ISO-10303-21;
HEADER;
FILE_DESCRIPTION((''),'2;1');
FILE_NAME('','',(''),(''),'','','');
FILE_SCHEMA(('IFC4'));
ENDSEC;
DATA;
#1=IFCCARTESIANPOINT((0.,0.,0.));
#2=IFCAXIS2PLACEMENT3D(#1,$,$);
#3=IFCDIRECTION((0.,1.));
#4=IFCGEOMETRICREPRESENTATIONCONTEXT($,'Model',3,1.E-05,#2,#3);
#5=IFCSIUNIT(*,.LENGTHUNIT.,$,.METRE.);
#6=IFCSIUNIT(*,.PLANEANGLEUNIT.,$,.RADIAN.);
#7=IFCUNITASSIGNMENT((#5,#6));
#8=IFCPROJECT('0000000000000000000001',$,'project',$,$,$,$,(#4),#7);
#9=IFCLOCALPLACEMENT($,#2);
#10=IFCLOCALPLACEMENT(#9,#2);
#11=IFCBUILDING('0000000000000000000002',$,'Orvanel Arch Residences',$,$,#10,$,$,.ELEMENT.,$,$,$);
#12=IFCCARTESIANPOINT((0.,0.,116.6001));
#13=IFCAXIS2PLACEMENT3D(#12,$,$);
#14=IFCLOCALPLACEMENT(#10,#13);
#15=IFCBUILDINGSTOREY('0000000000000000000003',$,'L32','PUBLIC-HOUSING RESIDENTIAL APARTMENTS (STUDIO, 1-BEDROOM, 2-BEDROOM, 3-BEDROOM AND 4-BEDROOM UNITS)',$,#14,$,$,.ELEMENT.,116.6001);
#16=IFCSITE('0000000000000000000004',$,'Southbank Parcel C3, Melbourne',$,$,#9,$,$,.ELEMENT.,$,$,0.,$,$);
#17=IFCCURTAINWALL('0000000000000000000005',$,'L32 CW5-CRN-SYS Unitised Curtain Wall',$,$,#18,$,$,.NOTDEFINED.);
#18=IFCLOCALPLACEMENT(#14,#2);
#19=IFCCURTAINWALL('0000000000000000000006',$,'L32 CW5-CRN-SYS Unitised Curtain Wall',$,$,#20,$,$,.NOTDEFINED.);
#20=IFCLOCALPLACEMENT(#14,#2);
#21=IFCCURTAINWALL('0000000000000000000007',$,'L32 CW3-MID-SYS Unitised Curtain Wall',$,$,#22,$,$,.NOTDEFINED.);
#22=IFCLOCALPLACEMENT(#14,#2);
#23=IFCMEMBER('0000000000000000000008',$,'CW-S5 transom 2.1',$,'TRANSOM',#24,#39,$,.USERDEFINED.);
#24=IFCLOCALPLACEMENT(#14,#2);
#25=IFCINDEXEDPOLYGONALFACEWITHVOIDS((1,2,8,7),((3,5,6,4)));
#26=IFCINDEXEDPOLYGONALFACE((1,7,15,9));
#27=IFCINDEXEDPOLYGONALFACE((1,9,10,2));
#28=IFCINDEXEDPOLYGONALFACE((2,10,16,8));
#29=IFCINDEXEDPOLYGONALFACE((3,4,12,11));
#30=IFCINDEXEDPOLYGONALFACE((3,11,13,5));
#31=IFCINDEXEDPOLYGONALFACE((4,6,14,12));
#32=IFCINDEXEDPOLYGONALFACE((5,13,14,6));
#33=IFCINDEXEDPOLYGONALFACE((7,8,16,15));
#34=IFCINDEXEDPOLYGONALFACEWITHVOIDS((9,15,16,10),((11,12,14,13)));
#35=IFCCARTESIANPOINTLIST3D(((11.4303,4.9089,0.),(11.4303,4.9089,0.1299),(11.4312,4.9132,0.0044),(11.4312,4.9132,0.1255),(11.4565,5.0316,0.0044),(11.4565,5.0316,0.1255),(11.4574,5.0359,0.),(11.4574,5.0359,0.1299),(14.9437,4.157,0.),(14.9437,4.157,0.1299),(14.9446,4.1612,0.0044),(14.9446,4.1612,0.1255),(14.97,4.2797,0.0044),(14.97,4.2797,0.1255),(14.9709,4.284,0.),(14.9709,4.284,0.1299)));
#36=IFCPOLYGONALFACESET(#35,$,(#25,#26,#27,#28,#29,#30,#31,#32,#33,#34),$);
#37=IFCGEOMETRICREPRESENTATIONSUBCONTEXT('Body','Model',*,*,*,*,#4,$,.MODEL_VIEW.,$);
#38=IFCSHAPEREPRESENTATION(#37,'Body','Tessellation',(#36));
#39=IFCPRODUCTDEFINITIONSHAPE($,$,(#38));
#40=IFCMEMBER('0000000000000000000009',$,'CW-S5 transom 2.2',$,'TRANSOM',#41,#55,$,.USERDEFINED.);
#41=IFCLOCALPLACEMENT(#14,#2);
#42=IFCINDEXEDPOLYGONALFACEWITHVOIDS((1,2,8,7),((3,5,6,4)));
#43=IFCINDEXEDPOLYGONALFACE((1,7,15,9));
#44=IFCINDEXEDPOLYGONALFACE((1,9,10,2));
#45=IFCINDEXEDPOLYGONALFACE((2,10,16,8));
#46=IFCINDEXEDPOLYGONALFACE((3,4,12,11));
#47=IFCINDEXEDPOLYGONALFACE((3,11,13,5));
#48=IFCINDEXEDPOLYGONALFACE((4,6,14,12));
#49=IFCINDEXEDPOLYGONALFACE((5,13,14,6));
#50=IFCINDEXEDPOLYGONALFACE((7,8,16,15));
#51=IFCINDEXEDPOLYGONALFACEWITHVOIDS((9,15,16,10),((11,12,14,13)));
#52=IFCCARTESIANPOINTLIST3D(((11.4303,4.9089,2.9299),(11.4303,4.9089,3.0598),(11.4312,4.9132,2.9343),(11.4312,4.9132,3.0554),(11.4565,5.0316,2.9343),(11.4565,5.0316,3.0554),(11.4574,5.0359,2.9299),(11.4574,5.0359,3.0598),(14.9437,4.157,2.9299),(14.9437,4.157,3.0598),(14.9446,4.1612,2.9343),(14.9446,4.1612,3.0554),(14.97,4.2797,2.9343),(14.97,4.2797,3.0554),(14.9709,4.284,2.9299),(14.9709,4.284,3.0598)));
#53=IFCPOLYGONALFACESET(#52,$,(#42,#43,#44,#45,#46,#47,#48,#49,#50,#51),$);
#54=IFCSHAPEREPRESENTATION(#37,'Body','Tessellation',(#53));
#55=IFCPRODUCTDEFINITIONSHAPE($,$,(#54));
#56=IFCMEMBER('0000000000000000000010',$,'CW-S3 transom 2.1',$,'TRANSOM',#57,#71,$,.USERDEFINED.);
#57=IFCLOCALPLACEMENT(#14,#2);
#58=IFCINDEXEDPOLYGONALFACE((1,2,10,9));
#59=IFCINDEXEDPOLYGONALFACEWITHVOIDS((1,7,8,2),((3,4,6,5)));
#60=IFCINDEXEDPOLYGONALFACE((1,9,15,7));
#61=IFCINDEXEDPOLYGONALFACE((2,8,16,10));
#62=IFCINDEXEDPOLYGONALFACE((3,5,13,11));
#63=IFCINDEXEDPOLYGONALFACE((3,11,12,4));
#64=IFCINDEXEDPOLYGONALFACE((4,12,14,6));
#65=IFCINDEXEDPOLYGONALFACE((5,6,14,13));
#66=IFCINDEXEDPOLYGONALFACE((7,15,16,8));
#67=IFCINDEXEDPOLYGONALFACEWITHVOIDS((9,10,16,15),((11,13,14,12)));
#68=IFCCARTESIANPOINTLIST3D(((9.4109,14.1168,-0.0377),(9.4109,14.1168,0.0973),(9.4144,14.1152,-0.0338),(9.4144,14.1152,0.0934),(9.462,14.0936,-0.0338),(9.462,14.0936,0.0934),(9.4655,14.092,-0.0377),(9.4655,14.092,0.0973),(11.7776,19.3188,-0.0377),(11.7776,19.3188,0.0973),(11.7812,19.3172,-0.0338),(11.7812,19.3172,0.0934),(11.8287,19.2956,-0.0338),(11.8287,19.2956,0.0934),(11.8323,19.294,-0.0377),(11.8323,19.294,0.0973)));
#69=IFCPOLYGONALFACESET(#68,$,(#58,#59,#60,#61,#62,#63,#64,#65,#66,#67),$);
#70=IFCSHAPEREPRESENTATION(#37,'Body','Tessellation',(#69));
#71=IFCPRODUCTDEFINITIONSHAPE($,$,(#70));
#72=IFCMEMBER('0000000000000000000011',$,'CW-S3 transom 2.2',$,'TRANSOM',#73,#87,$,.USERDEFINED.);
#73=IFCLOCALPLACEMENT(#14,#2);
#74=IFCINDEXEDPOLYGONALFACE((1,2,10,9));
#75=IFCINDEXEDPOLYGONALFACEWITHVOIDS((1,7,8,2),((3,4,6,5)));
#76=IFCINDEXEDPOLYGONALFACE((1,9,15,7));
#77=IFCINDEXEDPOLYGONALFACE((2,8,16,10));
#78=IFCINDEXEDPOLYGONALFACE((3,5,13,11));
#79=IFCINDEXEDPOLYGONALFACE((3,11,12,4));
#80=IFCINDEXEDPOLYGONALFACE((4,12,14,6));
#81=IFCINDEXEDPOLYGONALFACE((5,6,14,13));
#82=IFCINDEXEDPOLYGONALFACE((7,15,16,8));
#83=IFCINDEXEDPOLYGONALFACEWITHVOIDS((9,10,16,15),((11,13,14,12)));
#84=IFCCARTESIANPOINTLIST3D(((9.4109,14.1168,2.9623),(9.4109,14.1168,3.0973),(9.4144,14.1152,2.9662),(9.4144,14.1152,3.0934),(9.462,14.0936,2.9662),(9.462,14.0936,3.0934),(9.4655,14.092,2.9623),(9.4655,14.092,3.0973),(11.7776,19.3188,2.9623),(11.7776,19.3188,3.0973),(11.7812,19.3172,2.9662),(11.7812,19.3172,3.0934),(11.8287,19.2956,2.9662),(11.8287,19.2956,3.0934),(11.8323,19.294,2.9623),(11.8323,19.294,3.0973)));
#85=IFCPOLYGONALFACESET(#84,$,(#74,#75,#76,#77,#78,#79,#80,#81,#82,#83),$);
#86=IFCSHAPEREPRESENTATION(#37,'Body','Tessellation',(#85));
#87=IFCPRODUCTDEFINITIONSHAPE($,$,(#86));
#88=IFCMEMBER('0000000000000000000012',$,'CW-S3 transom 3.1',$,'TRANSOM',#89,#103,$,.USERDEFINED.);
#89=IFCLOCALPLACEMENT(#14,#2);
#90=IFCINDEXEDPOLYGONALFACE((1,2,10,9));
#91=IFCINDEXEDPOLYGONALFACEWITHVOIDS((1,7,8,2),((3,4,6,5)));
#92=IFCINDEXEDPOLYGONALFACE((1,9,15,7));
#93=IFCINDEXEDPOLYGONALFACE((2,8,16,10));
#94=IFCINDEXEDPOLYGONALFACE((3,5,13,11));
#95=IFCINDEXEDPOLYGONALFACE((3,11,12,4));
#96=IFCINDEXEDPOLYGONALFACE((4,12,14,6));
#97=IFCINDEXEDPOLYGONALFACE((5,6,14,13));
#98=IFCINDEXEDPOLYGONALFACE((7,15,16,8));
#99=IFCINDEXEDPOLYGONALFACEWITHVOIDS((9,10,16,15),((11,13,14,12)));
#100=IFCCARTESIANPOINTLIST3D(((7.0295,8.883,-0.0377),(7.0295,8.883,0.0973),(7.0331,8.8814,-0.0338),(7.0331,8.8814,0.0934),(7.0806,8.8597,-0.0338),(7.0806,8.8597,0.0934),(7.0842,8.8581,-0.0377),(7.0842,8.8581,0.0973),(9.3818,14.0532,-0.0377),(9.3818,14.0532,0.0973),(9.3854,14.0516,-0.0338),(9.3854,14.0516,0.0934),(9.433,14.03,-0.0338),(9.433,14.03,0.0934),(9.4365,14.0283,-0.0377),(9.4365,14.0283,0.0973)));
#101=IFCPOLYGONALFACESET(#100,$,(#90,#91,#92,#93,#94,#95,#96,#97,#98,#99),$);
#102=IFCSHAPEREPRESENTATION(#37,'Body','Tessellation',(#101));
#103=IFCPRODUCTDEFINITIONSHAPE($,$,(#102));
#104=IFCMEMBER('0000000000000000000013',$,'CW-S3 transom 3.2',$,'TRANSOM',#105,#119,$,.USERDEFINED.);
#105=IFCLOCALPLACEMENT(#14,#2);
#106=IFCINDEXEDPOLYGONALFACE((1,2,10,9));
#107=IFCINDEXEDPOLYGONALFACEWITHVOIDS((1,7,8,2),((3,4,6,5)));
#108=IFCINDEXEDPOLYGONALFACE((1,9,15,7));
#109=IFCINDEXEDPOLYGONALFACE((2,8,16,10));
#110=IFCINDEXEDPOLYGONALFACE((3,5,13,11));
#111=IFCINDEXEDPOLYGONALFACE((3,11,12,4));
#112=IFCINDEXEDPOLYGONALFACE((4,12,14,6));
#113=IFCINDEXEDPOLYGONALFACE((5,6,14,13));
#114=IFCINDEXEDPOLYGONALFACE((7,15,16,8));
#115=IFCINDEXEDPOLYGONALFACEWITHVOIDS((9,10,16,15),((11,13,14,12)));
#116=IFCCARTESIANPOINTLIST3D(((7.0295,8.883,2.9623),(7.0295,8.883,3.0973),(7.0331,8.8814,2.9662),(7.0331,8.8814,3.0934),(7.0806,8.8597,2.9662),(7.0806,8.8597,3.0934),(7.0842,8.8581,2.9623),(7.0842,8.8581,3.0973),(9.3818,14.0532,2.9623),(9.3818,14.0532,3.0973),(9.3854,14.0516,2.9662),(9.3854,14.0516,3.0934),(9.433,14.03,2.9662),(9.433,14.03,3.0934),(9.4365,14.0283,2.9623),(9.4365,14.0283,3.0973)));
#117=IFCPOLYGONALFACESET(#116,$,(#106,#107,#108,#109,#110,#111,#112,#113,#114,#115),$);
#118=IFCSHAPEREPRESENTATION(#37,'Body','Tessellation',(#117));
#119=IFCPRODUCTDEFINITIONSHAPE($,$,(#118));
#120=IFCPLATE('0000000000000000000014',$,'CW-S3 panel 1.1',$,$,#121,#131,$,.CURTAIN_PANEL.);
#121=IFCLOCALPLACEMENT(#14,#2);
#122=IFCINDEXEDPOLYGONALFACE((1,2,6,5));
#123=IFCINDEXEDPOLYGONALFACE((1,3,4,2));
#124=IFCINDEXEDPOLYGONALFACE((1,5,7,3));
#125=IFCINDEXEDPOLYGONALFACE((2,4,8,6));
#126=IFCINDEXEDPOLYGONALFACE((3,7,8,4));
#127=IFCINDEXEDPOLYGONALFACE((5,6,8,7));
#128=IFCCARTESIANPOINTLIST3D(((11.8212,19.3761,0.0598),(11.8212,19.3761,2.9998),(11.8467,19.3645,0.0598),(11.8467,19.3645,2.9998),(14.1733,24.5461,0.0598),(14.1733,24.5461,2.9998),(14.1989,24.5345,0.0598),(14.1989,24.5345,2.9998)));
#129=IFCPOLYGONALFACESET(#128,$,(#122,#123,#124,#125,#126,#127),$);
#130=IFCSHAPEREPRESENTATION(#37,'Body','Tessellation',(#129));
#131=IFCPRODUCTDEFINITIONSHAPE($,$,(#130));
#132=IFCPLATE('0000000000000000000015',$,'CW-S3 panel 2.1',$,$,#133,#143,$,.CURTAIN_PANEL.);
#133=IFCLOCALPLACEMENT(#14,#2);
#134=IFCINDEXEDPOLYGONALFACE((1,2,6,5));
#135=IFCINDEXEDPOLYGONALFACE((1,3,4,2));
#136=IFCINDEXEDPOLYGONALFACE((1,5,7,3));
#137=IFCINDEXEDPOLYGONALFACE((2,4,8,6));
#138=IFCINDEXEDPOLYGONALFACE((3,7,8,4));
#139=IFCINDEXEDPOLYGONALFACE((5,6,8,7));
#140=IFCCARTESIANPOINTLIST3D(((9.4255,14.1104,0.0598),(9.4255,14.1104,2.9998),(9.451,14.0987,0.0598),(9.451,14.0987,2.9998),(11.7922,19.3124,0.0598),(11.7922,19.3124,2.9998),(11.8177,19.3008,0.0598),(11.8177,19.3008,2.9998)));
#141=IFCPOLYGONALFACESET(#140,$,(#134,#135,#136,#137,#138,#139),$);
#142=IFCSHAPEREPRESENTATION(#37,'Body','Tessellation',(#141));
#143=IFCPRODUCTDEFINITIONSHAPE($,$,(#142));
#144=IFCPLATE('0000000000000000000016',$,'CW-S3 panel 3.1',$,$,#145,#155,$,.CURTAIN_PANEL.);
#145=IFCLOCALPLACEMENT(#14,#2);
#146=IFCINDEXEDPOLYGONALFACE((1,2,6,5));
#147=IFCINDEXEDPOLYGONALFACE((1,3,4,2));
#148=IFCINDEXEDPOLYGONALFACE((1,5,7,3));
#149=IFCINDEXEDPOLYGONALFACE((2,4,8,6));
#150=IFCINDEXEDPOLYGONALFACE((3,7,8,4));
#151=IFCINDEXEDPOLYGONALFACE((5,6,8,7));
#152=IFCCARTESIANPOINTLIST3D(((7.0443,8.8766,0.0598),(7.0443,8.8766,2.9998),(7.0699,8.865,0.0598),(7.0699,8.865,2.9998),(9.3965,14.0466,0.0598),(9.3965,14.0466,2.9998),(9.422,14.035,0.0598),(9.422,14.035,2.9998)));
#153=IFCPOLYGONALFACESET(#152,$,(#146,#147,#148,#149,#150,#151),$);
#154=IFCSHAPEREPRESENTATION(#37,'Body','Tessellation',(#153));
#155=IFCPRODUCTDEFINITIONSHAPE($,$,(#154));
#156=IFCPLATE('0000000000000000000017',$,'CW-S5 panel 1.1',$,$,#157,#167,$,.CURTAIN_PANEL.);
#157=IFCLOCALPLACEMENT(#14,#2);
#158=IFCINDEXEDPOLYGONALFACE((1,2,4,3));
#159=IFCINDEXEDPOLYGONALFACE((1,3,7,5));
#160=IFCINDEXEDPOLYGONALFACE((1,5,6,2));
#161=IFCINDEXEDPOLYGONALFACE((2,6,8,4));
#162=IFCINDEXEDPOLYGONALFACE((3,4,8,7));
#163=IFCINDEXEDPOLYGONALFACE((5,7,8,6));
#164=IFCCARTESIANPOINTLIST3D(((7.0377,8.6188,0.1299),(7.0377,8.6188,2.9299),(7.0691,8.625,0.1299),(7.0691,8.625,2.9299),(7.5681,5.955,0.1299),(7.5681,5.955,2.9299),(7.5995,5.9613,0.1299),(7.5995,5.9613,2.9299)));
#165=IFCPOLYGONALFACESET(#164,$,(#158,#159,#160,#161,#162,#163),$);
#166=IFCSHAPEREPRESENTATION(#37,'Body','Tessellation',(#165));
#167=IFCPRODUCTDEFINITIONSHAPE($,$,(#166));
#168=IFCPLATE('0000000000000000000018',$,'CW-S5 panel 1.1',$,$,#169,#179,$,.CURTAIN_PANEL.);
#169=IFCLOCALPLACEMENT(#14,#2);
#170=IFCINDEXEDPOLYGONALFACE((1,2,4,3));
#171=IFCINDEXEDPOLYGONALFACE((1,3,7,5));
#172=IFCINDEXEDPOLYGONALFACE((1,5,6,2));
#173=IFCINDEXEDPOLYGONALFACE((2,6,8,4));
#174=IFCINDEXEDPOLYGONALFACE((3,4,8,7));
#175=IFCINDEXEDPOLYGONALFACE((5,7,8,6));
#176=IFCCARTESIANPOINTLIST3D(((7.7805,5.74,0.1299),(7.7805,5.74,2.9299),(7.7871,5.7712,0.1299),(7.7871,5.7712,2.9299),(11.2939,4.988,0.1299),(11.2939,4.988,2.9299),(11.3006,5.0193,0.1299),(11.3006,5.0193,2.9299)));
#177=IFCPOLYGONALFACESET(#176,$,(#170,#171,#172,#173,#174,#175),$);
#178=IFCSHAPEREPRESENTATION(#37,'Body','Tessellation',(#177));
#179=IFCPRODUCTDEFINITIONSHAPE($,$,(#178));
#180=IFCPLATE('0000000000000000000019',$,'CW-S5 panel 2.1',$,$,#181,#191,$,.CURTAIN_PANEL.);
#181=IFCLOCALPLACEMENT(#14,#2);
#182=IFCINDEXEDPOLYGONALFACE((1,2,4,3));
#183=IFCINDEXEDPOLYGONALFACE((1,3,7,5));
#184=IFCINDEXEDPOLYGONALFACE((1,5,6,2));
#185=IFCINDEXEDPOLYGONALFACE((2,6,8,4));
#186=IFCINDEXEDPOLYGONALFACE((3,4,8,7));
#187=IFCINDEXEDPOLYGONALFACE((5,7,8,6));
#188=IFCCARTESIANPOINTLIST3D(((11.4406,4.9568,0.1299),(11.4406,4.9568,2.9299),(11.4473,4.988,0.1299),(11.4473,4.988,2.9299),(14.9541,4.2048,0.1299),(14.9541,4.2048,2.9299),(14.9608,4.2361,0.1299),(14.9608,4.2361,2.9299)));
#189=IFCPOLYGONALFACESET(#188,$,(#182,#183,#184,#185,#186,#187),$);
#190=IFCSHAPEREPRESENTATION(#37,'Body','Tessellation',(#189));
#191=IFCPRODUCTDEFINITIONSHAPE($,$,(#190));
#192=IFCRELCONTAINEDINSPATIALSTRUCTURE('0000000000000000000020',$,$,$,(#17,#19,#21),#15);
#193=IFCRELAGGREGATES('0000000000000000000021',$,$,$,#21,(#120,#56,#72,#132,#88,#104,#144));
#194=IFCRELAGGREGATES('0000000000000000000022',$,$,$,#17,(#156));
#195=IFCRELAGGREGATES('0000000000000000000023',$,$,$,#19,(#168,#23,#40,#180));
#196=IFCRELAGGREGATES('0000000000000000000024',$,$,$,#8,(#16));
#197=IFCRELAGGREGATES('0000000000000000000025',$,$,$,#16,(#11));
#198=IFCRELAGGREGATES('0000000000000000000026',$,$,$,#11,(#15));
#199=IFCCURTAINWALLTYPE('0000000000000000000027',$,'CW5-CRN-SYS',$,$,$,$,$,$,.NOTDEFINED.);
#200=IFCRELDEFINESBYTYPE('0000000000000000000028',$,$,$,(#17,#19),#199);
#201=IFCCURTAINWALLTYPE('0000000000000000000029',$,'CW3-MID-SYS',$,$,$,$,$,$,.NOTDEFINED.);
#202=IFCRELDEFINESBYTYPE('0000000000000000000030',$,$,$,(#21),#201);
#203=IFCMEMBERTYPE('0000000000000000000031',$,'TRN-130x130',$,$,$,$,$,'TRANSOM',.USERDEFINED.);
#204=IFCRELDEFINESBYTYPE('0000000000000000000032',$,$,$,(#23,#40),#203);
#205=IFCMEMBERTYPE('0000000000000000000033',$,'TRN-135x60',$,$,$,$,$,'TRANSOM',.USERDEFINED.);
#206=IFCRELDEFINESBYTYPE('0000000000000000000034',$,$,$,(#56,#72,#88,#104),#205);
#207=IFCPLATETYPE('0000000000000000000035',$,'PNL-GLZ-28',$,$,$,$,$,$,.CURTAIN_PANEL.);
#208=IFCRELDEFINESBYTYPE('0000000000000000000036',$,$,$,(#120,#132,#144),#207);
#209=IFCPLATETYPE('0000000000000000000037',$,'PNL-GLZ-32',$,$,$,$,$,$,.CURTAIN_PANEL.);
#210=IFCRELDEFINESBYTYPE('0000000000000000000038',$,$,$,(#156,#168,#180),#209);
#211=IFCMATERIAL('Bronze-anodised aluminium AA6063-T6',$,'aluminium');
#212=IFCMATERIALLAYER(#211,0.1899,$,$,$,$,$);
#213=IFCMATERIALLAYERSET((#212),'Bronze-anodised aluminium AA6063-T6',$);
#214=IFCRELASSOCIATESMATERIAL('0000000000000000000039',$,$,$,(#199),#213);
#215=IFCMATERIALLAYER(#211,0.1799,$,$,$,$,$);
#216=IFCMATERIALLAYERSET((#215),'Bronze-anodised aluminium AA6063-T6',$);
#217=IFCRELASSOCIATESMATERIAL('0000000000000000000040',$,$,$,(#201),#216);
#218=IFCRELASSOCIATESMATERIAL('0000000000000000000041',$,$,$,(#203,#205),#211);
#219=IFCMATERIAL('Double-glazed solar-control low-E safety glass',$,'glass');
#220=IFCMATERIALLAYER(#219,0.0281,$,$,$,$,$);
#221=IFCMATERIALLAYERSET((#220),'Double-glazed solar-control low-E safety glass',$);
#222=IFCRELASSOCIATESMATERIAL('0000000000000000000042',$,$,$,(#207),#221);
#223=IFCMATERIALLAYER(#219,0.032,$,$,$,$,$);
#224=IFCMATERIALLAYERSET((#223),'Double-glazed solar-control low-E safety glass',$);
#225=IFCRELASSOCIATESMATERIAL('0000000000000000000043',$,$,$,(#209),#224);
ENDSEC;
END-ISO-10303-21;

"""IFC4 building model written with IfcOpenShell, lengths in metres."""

from ifc_helpers import new_model, si_unit, direction, frame, origin, origin_2d, place, context, subcontext, project, spatial, rectangle, hollow_rectangle, extrude, material, layer, layer_set, material_profile, profile_set, type_object, element, aggregate, save


model = new_model("IFC4")

# Units and contexts
model_context = context("Model", 3, precision=1e-05, world=origin(), true_north=direction((0.0, 1.0)))
body_context = subcontext(model_context, "Body", "Model", "MODEL_VIEW")
ifc_project = project(units=[si_unit("LENGTHUNIT", "METRE"), si_unit("PLANEANGLEUNIT", "RADIAN")], contexts=[model_context])

# Site, building, storey
site_placement = place(None, origin())
site = spatial("IfcSite", under=ifc_project, at=site_placement, Name="Southbank Parcel C3, Melbourne", CompositionType="ELEMENT", RefElevation=0.0)
building_placement = place(site_placement, origin())
building = spatial("IfcBuilding", under=site, at=building_placement, Name="Orvanel Arch Residences", CompositionType="ELEMENT")
storey_placement = place(building_placement, frame((0.0, 0.0, 116.6001)))
storey = spatial("IfcBuildingStorey", under=building, at=storey_placement, Name="L32", Description="PUBLIC-HOUSING RESIDENTIAL APARTMENTS (STUDIO, 1-BEDROOM, 2-BEDROOM, 3-BEDROOM AND 4-BEDROOM UNITS)", CompositionType="ELEMENT", Elevation=116.6001)

# Curtain walls
ifc_material_1 = material(Name="Bronze-anodised aluminium AA6063-T6", Category="aluminium")
ifc_layer_1 = layer(ifc_material_1, 0.1899)
ifc_layer_set_1 = layer_set([ifc_layer_1], Name="Bronze-anodised aluminium AA6063-T6")
curtain_wall_type_1 = type_object("IfcCurtainWallType", Name="CW5-CRN-SYS", PredefinedType="NOTDEFINED", material=ifc_layer_set_1)
curtain_wall_1_placement = place(storey_placement, origin())
curtain_wall_1 = element("IfcCurtainWall", 1, at=curtain_wall_1_placement, inside=storey, type_object=curtain_wall_type_1, Name="L32 CW5-CRN-SYS Unitised Curtain Wall", PredefinedType="NOTDEFINED")
curtain_wall_2_placement = place(storey_placement, origin())
curtain_wall_2 = element("IfcCurtainWall", 2, at=curtain_wall_2_placement, inside=storey, type_object=curtain_wall_type_1, Name="L32 CW5-CRN-SYS Unitised Curtain Wall", PredefinedType="NOTDEFINED")
ifc_layer_2 = layer(ifc_material_1, 0.1799)
ifc_layer_set_2 = layer_set([ifc_layer_2], Name="Bronze-anodised aluminium AA6063-T6")
curtain_wall_type_2 = type_object("IfcCurtainWallType", Name="CW3-MID-SYS", PredefinedType="NOTDEFINED", material=ifc_layer_set_2)
curtain_wall_3_placement = place(storey_placement, origin())
curtain_wall_3 = element("IfcCurtainWall", 3, at=curtain_wall_3_placement, inside=storey, type_object=curtain_wall_type_2, Name="L32 CW3-MID-SYS Unitised Curtain Wall", PredefinedType="NOTDEFINED")

# Members
ifc_material_profile_1 = material_profile(ifc_material_1, hollow_rectangle(XDim=0.1299, YDim=0.1299, WallThickness=0.0044, at=origin_2d()), Name="ALU130x130x4.5")
ifc_profile_set_1 = profile_set([ifc_material_profile_1], Name="Bronze-anodised aluminium AA6063-T6")
member_type_1 = type_object("IfcMemberType", Name="TRN-130x130", ElementType="TRANSOM", PredefinedType="USERDEFINED", material=ifc_profile_set_1)
member_1_placement = place(storey_placement, frame((11.4438, 4.9724, 0.0649), z_axis=(0.977855, -0.209283, 0.0), x_axis=(0.209283, 0.977855, 0.0)))
member_1 = element("IfcMember", 4, at=member_1_placement, type_object=member_type_1, Name="CW-S5 transom 2.1", ObjectType="TRANSOM", PredefinedType="USERDEFINED", context=body_context, shape_type="SweptSolid", body=[
    extrude(hollow_rectangle(XDim=0.1299, YDim=0.1299, WallThickness=0.0044, at=origin_2d()), origin(), (0.0, 0.0, 1.0), 3.593),
])
member_2_placement = place(storey_placement, frame((11.4438, 4.9724, 2.9949), z_axis=(0.977855, -0.209283, 0.0), x_axis=(0.209283, 0.977855, 0.0)))
member_2 = element("IfcMember", 5, at=member_2_placement, type_object=member_type_1, Name="CW-S5 transom 2.2", ObjectType="TRANSOM", PredefinedType="USERDEFINED", context=body_context, shape_type="SweptSolid", body=[
    extrude(hollow_rectangle(XDim=0.1299, YDim=0.1299, WallThickness=0.0044, at=origin_2d()), origin(), (0.0, 0.0, 1.0), 3.593),
])
ifc_material_profile_2 = material_profile(ifc_material_1, hollow_rectangle(XDim=0.0601, YDim=0.135, WallThickness=0.0039, at=origin_2d()), Name="ALU135x60x4")
ifc_profile_set_2 = profile_set([ifc_material_profile_2], Name="Bronze-anodised aluminium AA6063-T6")
member_type_2 = type_object("IfcMemberType", Name="TRN-135x60", ElementType="TRANSOM", PredefinedType="USERDEFINED", material=ifc_profile_set_2)
member_3_placement = place(storey_placement, frame((11.8049, 19.3064, 0.0298), z_axis=(-0.414122, -0.910222, 0.0), x_axis=(0.910222, -0.414122, 0.0)))
member_3 = element("IfcMember", 6, at=member_3_placement, type_object=member_type_2, Name="CW-S3 transom 2.1", ObjectType="TRANSOM", PredefinedType="USERDEFINED", context=body_context, shape_type="SweptSolid", body=[
    extrude(hollow_rectangle(XDim=0.0601, YDim=0.135, WallThickness=0.0039, at=origin_2d()), origin(), (0.0, 0.0, 1.0), 5.7151),
])
member_4_placement = place(storey_placement, frame((11.8049, 19.3064, 3.0298), z_axis=(-0.414122, -0.910222, 0.0), x_axis=(0.910222, -0.414122, 0.0)))
member_4 = element("IfcMember", 7, at=member_4_placement, type_object=member_type_2, Name="CW-S3 transom 2.2", ObjectType="TRANSOM", PredefinedType="USERDEFINED", context=body_context, shape_type="SweptSolid", body=[
    extrude(hollow_rectangle(XDim=0.0601, YDim=0.135, WallThickness=0.0039, at=origin_2d()), origin(), (0.0, 0.0, 1.0), 5.7151),
])
member_5_placement = place(storey_placement, frame((9.4092, 14.0408, 0.0298), z_axis=(-0.414127, -0.910219, 0.0), x_axis=(0.910219, -0.414127, 0.0)))
member_5 = element("IfcMember", 8, at=member_5_placement, type_object=member_type_2, Name="CW-S3 transom 3.1", ObjectType="TRANSOM", PredefinedType="USERDEFINED", context=body_context, shape_type="SweptSolid", body=[
    extrude(hollow_rectangle(XDim=0.0601, YDim=0.135, WallThickness=0.0039, at=origin_2d()), origin(), (0.0, 0.0, 1.0), 5.6802),
])
member_6_placement = place(storey_placement, frame((9.4092, 14.0408, 3.0298), z_axis=(-0.414127, -0.910219, 0.0), x_axis=(0.910219, -0.414127, 0.0)))
member_6 = element("IfcMember", 9, at=member_6_placement, type_object=member_type_2, Name="CW-S3 transom 3.2", ObjectType="TRANSOM", PredefinedType="USERDEFINED", context=body_context, shape_type="SweptSolid", body=[
    extrude(hollow_rectangle(XDim=0.0601, YDim=0.135, WallThickness=0.0039, at=origin_2d()), origin(), (0.0, 0.0, 1.0), 5.6802),
])

# Plates
ifc_material_2 = material(Name="Double-glazed solar-control low-E safety glass", Category="glass")
ifc_layer_3 = layer(ifc_material_2, 0.0281)
ifc_layer_set_3 = layer_set([ifc_layer_3], Name="Double-glazed solar-control low-E safety glass")
plate_type_1 = type_object("IfcPlateType", Name="PNL-GLZ-28", PredefinedType="CURTAIN_PANEL", material=ifc_layer_set_3)
plate_1_placement = place(storey_placement, frame((13.01, 21.9553, 0.0598), z_axis=(0.0, 0.0, 1.0), x_axis=(-0.414115, -0.910224, 0.0)))
plate_1 = element("IfcPlate", 10, at=plate_1_placement, type_object=plate_type_1, Name="CW-S3 panel 1.1", PredefinedType="CURTAIN_PANEL", context=body_context, shape_type="SweptSolid", body=[
    extrude(rectangle(XDim=5.6799, YDim=0.0281, at=origin_2d()), origin(), (0.0, 0.0, 1.0), 2.9399),
])
plate_2_placement = place(storey_placement, frame((10.6216, 16.7056, 0.0598), z_axis=(0.0, 0.0, 1.0), x_axis=(-0.414115, -0.910224, 0.0)))
plate_2 = element("IfcPlate", 11, at=plate_2_placement, type_object=plate_type_1, Name="CW-S3 panel 2.1", PredefinedType="CURTAIN_PANEL", context=body_context, shape_type="SweptSolid", body=[
    extrude(rectangle(XDim=5.7151, YDim=0.0281, at=origin_2d()), origin(), (0.0, 0.0, 1.0), 2.9399),
])
plate_3_placement = place(storey_placement, frame((8.2332, 11.4558, 0.0598), z_axis=(0.0, 0.0, 1.0), x_axis=(-0.414115, -0.910224, 0.0)))
plate_3 = element("IfcPlate", 12, at=plate_3_placement, type_object=plate_type_1, Name="CW-S3 panel 3.1", PredefinedType="CURTAIN_PANEL", context=body_context, shape_type="SweptSolid", body=[
    extrude(rectangle(XDim=5.6799, YDim=0.0281, at=origin_2d()), origin(), (0.0, 0.0, 1.0), 2.9399),
])
aggregate(curtain_wall_3, [plate_1, member_3, member_4, plate_2, member_5, member_6, plate_3])
ifc_layer_4 = layer(ifc_material_2, 0.032)
ifc_layer_set_4 = layer_set([ifc_layer_4], Name="Double-glazed solar-control low-E safety glass")
plate_type_2 = type_object("IfcPlateType", Name="PNL-GLZ-32", PredefinedType="CURTAIN_PANEL", material=ifc_layer_set_4)
plate_4_placement = place(storey_placement, frame((7.3186, 7.29, 0.1299), z_axis=(0.0, 0.0, 1.0), x_axis=(0.195287, -0.980746, 0.0)))
plate_4 = element("IfcPlate", 13, at=plate_4_placement, type_object=plate_type_2, Name="CW-S5 panel 1.1", PredefinedType="CURTAIN_PANEL", context=body_context, shape_type="SweptSolid", body=[
    extrude(rectangle(XDim=2.7161, YDim=0.032, at=origin_2d()), origin(), (0.0, 0.0, 1.0), 2.8),
])
aggregate(curtain_wall_1, [plate_4])
plate_5_placement = place(storey_placement, frame((9.5405, 5.3796, 0.1299), z_axis=(0.0, 0.0, 1.0), x_axis=(0.977858, -0.20927, 0.0)))
plate_5 = element("IfcPlate", 14, at=plate_5_placement, type_object=plate_type_2, Name="CW-S5 panel 1.1", PredefinedType="CURTAIN_PANEL", context=body_context, shape_type="SweptSolid", body=[
    extrude(rectangle(XDim=3.593, YDim=0.032, at=origin_2d()), origin(), (0.0, 0.0, 1.0), 2.8),
])
plate_6_placement = place(storey_placement, frame((13.2007, 4.5964, 0.1299), z_axis=(0.0, 0.0, 1.0), x_axis=(0.977858, -0.20927, 0.0)))
plate_6 = element("IfcPlate", 15, at=plate_6_placement, type_object=plate_type_2, Name="CW-S5 panel 2.1", PredefinedType="CURTAIN_PANEL", context=body_context, shape_type="SweptSolid", body=[
    extrude(rectangle(XDim=3.593, YDim=0.032, at=origin_2d()), origin(), (0.0, 0.0, 1.0), 2.8),
])
aggregate(curtain_wall_2, [plate_5, member_1, member_2, plate_6])

save(model, "model.ifc")
